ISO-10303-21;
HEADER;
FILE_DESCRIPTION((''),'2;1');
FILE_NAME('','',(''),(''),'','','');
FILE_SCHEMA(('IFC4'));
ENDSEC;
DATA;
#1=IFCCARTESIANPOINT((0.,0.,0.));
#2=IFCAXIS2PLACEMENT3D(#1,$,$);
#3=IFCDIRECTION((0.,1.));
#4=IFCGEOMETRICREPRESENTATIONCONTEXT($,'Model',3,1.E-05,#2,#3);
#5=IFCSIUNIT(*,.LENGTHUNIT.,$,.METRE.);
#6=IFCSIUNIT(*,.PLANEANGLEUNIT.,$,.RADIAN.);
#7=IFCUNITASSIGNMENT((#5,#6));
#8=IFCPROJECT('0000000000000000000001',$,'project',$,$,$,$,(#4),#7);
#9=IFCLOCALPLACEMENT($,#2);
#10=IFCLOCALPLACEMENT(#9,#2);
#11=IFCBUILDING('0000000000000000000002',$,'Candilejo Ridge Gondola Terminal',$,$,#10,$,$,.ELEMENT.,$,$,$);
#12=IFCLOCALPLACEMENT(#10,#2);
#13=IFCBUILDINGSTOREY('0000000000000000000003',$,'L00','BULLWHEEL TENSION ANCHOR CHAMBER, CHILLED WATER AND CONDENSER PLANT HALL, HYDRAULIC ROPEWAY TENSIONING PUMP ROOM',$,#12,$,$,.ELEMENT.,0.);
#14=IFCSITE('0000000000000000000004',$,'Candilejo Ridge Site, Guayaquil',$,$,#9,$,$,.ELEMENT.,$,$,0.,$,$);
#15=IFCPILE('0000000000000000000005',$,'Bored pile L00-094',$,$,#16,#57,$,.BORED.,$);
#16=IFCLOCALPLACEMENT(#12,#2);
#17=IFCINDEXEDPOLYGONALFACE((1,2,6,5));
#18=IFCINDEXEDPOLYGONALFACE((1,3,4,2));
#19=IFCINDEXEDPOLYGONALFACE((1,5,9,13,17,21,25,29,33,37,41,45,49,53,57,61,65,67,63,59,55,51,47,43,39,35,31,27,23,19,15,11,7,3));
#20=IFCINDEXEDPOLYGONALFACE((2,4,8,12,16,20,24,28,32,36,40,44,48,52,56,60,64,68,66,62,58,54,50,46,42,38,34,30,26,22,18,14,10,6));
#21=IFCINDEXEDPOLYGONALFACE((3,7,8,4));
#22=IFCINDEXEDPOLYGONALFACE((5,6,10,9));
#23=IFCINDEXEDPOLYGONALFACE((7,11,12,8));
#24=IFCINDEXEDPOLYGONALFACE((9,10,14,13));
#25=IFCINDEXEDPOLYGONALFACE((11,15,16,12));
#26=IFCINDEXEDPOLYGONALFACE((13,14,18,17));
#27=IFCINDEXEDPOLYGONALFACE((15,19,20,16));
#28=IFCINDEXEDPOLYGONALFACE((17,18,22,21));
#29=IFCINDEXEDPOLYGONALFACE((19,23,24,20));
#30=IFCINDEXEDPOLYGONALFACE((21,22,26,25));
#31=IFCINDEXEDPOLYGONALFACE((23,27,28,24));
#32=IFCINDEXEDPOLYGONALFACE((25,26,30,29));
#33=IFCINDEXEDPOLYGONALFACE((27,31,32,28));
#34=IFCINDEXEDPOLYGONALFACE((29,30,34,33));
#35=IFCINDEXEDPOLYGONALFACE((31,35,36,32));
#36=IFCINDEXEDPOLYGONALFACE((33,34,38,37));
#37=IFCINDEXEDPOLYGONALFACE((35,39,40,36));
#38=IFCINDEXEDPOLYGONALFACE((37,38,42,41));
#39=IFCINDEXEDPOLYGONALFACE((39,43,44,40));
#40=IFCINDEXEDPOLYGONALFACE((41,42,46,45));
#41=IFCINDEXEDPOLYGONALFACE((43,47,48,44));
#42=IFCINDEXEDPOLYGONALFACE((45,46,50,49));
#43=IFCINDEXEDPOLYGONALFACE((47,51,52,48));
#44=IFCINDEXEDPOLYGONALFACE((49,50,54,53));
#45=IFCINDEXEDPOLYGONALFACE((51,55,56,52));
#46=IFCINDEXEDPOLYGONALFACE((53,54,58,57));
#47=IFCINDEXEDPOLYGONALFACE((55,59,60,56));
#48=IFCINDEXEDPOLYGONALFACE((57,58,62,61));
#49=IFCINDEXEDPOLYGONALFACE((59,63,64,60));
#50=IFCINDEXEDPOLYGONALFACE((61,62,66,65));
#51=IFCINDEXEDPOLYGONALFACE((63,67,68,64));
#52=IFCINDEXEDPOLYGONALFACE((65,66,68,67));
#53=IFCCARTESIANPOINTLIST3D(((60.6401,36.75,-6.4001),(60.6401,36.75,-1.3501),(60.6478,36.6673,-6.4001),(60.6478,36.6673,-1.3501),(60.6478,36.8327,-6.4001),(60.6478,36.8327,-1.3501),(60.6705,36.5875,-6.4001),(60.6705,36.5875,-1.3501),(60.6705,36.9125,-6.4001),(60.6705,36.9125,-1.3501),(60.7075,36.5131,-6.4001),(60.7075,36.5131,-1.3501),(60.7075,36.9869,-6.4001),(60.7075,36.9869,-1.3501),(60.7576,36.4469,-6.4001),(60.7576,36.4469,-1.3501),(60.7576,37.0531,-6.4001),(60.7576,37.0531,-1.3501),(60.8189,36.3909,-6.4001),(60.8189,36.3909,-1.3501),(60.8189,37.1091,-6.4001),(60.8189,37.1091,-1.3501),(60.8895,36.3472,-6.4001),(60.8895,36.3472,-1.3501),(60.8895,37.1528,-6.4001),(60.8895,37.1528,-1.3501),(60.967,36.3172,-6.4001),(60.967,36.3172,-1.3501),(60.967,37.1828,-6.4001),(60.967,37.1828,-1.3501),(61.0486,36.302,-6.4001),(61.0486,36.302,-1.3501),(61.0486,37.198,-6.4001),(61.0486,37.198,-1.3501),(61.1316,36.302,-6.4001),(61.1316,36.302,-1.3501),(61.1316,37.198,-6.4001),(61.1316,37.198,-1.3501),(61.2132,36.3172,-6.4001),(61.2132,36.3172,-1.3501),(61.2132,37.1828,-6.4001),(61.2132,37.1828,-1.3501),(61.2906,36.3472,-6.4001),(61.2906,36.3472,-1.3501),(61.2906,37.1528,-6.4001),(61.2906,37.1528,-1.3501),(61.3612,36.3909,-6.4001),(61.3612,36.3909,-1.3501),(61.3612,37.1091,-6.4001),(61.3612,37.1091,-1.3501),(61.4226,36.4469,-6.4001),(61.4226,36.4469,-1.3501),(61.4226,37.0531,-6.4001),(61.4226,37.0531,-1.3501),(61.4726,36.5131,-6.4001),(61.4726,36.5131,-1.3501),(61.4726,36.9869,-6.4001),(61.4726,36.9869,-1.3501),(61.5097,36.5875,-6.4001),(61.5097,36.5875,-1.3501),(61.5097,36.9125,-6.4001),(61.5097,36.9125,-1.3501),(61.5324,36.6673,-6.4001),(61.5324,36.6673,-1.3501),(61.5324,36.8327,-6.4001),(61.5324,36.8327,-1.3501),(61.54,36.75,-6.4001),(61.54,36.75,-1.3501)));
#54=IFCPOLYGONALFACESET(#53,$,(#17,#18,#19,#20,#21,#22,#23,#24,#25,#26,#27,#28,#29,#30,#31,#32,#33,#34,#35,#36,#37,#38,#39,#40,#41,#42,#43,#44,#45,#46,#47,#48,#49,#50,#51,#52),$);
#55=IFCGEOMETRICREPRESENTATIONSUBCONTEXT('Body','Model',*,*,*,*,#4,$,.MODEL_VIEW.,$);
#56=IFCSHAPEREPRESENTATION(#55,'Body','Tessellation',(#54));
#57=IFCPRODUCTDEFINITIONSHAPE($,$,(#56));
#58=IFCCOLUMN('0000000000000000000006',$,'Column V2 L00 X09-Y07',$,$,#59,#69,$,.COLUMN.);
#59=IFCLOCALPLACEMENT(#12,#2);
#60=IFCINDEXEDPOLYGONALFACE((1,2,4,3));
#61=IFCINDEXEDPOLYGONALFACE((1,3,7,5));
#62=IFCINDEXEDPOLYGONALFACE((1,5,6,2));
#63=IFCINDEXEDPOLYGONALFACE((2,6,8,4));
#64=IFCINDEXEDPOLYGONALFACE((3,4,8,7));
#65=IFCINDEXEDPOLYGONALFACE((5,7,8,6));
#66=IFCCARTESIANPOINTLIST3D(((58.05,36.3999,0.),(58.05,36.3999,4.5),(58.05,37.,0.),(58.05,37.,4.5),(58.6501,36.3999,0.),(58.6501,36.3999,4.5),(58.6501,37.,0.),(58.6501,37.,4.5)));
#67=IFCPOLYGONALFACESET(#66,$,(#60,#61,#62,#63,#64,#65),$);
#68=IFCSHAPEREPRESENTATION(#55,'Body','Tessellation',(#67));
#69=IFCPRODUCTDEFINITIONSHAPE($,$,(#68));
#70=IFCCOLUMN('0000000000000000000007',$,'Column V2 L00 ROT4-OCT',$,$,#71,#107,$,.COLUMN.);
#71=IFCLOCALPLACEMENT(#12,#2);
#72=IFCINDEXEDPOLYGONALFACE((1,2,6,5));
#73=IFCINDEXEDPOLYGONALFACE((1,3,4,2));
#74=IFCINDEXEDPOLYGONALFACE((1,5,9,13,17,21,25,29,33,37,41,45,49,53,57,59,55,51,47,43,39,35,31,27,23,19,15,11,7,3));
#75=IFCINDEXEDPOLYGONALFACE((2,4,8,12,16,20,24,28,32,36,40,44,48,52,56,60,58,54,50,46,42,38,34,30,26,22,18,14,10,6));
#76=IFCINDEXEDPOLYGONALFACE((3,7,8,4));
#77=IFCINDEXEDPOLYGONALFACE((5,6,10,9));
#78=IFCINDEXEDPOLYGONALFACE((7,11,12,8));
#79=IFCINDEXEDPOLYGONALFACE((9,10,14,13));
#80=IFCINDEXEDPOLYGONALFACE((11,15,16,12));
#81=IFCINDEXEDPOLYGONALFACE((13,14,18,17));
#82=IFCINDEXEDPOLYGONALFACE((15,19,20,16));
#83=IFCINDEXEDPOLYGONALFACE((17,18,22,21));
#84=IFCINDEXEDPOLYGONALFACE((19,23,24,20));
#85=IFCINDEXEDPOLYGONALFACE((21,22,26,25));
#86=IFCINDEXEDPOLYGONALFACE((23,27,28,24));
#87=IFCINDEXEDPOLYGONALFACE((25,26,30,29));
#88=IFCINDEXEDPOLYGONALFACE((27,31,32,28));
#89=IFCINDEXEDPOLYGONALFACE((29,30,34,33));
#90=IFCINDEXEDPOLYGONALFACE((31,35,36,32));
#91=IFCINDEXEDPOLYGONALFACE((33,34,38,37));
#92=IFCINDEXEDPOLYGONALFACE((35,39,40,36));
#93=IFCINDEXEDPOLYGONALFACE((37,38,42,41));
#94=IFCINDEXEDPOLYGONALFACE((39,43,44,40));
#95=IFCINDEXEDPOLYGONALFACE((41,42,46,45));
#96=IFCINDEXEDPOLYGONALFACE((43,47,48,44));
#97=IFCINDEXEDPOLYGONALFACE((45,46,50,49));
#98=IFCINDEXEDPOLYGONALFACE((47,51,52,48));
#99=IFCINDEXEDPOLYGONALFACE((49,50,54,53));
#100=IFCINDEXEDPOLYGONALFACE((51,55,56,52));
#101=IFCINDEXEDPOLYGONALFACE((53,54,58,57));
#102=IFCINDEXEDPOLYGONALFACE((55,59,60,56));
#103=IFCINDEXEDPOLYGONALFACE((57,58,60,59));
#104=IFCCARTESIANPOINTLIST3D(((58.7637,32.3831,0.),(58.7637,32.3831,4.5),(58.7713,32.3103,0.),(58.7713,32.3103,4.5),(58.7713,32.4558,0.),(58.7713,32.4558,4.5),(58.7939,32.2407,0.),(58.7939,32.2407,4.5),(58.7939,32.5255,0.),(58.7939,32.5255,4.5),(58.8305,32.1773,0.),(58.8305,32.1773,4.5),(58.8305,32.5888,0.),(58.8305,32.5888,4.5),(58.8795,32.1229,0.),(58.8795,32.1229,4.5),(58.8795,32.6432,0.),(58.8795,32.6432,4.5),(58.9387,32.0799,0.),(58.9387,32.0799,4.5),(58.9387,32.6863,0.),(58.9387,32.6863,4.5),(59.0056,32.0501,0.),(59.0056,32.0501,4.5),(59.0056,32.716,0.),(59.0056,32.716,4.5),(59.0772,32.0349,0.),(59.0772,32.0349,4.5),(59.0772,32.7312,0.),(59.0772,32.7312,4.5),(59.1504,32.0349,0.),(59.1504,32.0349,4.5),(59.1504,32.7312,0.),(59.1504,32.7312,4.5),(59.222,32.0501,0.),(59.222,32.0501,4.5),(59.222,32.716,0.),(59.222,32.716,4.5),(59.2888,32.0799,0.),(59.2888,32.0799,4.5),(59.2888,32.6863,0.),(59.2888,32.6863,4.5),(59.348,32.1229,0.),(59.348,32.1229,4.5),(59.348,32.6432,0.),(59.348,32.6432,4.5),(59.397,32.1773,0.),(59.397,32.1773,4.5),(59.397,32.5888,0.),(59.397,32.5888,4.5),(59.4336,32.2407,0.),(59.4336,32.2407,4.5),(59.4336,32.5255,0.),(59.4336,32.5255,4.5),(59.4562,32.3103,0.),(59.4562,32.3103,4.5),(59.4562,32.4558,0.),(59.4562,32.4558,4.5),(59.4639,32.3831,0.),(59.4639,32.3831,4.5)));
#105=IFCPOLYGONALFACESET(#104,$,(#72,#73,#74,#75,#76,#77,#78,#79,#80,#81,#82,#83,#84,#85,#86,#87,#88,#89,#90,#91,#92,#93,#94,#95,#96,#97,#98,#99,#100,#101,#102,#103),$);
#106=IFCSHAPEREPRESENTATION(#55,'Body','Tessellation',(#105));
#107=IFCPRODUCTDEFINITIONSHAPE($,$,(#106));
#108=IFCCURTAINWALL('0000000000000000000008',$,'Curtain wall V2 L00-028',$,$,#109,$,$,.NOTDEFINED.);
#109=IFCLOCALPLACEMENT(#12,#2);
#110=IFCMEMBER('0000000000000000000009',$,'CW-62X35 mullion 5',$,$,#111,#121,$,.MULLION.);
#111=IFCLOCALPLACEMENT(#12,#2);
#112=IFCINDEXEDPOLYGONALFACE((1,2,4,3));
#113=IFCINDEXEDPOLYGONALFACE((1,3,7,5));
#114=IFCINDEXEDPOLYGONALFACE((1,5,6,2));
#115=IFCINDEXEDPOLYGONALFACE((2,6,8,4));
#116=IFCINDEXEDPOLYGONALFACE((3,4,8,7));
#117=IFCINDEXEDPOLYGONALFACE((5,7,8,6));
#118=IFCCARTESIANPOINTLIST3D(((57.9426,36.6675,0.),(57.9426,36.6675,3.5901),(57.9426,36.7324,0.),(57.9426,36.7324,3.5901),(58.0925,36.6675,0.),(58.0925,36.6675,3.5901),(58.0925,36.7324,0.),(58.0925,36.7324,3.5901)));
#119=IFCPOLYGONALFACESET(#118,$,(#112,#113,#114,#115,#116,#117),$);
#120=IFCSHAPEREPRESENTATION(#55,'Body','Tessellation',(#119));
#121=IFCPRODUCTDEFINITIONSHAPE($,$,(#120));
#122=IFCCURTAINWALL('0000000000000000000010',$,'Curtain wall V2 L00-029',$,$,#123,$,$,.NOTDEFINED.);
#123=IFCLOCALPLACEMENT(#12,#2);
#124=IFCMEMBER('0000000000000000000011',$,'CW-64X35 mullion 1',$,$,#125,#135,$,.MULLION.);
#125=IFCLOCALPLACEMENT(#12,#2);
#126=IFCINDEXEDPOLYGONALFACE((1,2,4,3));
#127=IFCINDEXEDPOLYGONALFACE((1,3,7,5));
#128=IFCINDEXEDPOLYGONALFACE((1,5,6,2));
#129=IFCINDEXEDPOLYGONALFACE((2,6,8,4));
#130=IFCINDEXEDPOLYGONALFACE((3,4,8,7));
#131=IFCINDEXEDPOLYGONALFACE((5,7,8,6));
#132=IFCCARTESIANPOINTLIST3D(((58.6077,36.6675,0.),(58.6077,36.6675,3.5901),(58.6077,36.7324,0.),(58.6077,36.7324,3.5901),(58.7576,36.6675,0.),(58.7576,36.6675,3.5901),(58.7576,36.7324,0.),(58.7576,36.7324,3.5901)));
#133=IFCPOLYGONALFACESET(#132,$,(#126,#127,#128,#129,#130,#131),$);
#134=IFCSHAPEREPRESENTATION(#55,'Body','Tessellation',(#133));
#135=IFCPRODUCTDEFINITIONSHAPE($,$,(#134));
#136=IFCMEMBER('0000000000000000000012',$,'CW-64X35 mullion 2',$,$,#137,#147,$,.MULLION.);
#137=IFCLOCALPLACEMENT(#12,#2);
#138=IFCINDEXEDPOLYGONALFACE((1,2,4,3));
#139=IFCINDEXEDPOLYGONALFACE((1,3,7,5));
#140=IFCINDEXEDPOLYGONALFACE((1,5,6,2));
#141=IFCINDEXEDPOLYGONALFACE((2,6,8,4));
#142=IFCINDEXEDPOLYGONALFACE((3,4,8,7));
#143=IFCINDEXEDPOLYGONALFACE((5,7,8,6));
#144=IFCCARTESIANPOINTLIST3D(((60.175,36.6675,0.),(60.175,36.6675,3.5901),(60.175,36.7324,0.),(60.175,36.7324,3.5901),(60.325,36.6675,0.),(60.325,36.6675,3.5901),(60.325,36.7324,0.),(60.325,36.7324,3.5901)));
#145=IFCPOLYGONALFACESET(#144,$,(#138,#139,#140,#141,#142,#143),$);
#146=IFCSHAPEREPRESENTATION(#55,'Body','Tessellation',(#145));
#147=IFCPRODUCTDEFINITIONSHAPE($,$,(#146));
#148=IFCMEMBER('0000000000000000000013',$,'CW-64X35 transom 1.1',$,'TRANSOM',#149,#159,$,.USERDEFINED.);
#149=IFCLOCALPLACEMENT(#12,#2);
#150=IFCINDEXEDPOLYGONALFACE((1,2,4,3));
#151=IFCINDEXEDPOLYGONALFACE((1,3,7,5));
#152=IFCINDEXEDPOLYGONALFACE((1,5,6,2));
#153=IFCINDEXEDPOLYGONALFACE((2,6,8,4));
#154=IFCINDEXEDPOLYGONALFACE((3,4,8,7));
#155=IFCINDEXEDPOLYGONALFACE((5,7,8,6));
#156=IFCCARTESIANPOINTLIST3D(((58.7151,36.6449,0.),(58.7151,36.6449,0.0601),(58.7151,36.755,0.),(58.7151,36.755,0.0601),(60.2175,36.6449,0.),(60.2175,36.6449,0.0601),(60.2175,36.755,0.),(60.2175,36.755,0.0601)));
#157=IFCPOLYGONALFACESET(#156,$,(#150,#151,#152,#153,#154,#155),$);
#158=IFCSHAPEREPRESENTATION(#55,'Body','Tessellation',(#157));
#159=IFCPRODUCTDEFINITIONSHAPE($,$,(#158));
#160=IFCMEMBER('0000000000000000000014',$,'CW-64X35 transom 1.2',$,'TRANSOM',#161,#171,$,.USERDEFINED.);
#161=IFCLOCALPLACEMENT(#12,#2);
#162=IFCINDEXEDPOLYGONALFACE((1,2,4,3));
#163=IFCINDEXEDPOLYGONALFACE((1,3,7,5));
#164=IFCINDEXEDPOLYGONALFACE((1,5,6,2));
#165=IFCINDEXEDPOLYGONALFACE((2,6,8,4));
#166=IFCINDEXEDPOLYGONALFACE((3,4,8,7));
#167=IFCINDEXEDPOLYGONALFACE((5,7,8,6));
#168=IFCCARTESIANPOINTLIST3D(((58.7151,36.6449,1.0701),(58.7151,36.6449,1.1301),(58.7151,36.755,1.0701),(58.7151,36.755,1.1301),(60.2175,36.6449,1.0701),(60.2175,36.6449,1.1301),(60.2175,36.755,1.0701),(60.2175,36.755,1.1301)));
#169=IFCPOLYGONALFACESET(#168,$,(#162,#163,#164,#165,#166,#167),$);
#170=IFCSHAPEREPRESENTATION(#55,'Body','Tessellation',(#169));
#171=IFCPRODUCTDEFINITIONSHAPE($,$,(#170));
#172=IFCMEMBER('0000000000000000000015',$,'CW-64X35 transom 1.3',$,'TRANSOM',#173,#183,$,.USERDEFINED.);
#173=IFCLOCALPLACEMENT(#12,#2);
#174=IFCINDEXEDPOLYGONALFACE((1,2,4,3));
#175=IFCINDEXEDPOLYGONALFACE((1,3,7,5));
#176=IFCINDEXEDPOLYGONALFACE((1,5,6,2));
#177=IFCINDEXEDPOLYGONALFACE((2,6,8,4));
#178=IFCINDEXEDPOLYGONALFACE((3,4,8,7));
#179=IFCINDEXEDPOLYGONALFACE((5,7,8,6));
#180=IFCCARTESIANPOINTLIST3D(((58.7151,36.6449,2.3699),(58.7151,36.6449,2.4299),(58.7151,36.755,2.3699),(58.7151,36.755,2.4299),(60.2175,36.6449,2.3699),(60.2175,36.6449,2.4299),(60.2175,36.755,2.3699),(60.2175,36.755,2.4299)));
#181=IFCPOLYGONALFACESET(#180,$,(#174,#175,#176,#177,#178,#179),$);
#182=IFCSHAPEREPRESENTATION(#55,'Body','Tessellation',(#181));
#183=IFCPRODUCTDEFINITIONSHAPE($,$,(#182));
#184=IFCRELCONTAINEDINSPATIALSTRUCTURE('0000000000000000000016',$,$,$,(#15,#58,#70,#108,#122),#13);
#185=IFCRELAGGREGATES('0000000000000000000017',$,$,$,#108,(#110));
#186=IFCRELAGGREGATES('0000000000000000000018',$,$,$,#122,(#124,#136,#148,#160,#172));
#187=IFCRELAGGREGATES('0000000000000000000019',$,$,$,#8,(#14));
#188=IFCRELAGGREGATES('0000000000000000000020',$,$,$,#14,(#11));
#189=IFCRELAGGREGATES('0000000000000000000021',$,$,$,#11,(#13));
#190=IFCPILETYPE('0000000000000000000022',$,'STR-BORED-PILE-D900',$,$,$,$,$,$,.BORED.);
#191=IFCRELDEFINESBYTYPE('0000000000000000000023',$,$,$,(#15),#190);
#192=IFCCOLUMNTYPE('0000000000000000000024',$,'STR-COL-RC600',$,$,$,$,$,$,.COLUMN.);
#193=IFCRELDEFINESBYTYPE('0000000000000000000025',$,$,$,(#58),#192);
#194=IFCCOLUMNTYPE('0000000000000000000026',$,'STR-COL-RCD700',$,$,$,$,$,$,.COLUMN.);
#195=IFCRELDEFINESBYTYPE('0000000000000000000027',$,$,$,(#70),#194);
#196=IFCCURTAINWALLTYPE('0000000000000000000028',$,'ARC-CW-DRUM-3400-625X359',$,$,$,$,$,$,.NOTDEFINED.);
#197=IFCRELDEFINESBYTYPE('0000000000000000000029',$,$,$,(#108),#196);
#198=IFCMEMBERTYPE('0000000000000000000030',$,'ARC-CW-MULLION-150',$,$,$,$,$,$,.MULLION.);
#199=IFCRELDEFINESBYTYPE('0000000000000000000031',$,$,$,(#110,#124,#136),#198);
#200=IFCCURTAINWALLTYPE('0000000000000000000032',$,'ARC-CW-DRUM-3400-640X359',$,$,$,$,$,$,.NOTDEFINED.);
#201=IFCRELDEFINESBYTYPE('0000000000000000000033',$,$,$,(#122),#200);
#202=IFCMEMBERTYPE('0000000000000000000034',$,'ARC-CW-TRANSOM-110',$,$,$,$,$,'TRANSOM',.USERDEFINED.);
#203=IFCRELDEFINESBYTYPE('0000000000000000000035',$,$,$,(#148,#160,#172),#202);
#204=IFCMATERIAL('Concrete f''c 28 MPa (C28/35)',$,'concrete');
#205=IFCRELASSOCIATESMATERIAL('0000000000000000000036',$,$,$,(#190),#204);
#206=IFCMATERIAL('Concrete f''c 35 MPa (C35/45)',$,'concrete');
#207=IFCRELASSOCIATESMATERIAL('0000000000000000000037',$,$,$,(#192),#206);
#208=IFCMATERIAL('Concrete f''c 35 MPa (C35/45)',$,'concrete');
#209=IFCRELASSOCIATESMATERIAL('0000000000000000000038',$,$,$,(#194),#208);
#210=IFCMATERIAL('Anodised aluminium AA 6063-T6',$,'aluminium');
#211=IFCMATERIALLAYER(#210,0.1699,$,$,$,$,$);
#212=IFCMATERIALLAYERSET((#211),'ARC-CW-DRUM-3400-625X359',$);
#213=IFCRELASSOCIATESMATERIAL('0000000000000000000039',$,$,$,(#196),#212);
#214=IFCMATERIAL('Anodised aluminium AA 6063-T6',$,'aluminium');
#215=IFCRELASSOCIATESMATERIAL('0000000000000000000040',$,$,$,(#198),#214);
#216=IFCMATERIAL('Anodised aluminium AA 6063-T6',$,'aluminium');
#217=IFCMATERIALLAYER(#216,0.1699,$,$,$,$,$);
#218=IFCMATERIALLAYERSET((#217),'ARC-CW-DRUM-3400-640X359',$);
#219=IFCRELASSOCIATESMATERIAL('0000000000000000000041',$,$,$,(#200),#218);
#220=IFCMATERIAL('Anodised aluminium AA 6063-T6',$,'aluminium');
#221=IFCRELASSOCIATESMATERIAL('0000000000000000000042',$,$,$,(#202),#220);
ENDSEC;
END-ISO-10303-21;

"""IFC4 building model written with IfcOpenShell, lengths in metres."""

from ifc_helpers import new_model, si_unit, direction, frame, origin, origin_2d, place, context, subcontext, project, spatial, rectangle, circle, extrude, material, layer, layer_set, material_profile, profile_set, type_object, element, aggregate, save


model = new_model("IFC4")

# Units and contexts
model_context = context("Model", 3, precision=1e-05, world=origin(), true_north=direction((0.0, 1.0)))
body_context = subcontext(model_context, "Body", "Model", "MODEL_VIEW")
ifc_project = project(units=[si_unit("LENGTHUNIT", "METRE"), si_unit("PLANEANGLEUNIT", "RADIAN")], contexts=[model_context])

# Site, building, storey
site_placement = place(None, origin())
site = spatial("IfcSite", under=ifc_project, at=site_placement, Name="Candilejo Ridge Site, Guayaquil", CompositionType="ELEMENT", RefElevation=0.0)
building_placement = place(site_placement, origin())
building = spatial("IfcBuilding", under=site, at=building_placement, Name="Candilejo Ridge Gondola Terminal", CompositionType="ELEMENT")
storey_placement = place(building_placement, origin())
storey = spatial("IfcBuildingStorey", under=building, at=storey_placement, Name="L00", Description="BULLWHEEL TENSION ANCHOR CHAMBER, CHILLED WATER AND CONDENSER PLANT HALL, HYDRAULIC ROPEWAY TENSIONING PUMP ROOM", CompositionType="ELEMENT", Elevation=0.0)

# Pile
ifc_material_1 = material(Name="Concrete f'c 28 MPa (C28/35)", Category="concrete")
ifc_material_profile_1 = material_profile(ifc_material_1, circle(Radius=0.45, at=origin_2d()))
ifc_profile_set_1 = profile_set([ifc_material_profile_1], Name="Concrete f'c 28 MPa (C28/35)")
pile_type = type_object("IfcPileType", Name="STR-BORED-PILE-D900", PredefinedType="BORED", material=ifc_profile_set_1)
for number, where, z_axis, x_axis, name in (
    (1, (61.0901, 36.75, -1.3501), (0.0, 0.0, -1.0), (1.0, 0.0, 0.0), "Bored pile L00-094"),
):
    element("IfcPile", number, at=place(storey_placement, frame(where, z_axis=z_axis, x_axis=x_axis)), inside=storey, type_object=pile_type, Name=name, PredefinedType="BORED", context=body_context, shape_type="SweptSolid", body=[
        extrude(circle(Radius=0.45, at=origin_2d()), origin(), (0.0, 0.0, 1.0), 5.05),
    ])

# Columns
ifc_material_2 = material(Name="Concrete f'c 35 MPa (C35/45)", Category="concrete")
ifc_material_profile_2 = material_profile(ifc_material_2, rectangle(XDim=0.6001, YDim=0.6001, at=origin_2d()))
ifc_profile_set_2 = profile_set([ifc_material_profile_2], Name="Concrete f'c 35 MPa (C35/45)")
column_type_1 = type_object("IfcColumnType", Name="STR-COL-RC600", PredefinedType="COLUMN", material=ifc_profile_set_2)
column_1_placement = place(storey_placement, frame((58.3501, 36.7, 0.0), z_axis=(0.0, 0.0, 1.0), x_axis=(1.0, 0.0, 0.0)))
element("IfcColumn", 2, at=column_1_placement, inside=storey, type_object=column_type_1, Name="Column V2 L00 X09-Y07", PredefinedType="COLUMN", context=body_context, shape_type="SweptSolid", body=[
    extrude(rectangle(XDim=0.6001, YDim=0.6001, at=origin_2d()), origin(), (0.0, 0.0, 1.0), 4.5),
])
ifc_material_3 = material(Name="Concrete f'c 35 MPa (C35/45)", Category="concrete")
ifc_material_profile_3 = material_profile(ifc_material_3, circle(Radius=0.3501, at=origin_2d()))
ifc_profile_set_3 = profile_set([ifc_material_profile_3], Name="Concrete f'c 35 MPa (C35/45)")
column_type_2 = type_object("IfcColumnType", Name="STR-COL-RCD700", PredefinedType="COLUMN", material=ifc_profile_set_3)
column_2_placement = place(storey_placement, frame((59.1138, 32.3831, 0.0), z_axis=(0.0, 0.0, 1.0), x_axis=(1.0, 0.0, 0.0)))
element("IfcColumn", 3, at=column_2_placement, inside=storey, type_object=column_type_2, Name="Column V2 L00 ROT4-OCT", PredefinedType="COLUMN", context=body_context, shape_type="SweptSolid", body=[
    extrude(circle(Radius=0.3501, at=origin_2d()), origin(), (0.0, 0.0, 1.0), 4.5),
])

# Curtain wall, member
ifc_material_4 = material(Name="Anodised aluminium AA 6063-T6", Category="aluminium")
ifc_layer_1 = layer(ifc_material_4, 0.1699)
ifc_layer_set_1 = layer_set([ifc_layer_1], Name="ARC-CW-DRUM-3400-625X359")
curtain_wall_type_1 = type_object("IfcCurtainWallType", Name="ARC-CW-DRUM-3400-625X359", PredefinedType="NOTDEFINED", material=ifc_layer_set_1)
curtain_wall_1_placement = place(storey_placement, origin())
curtain_wall_1 = element("IfcCurtainWall", 4, at=curtain_wall_1_placement, inside=storey, type_object=curtain_wall_type_1, Name="Curtain wall V2 L00-028", PredefinedType="NOTDEFINED")
ifc_material_5 = material(Name="Anodised aluminium AA 6063-T6", Category="aluminium")
ifc_material_profile_4 = material_profile(ifc_material_5, rectangle(XDim=0.0649, YDim=0.1499, at=origin_2d()))
ifc_profile_set_4 = profile_set([ifc_material_profile_4], Name="Anodised aluminium AA 6063-T6")
member_type_1 = type_object("IfcMemberType", Name="ARC-CW-MULLION-150", PredefinedType="MULLION", material=ifc_profile_set_4)
member_1_placement = place(storey_placement, frame((58.0176, 36.7, 0.0), z_axis=(0.0, 0.0, 1.0), x_axis=(0.0, 1.0, 0.0)))
member_1 = element("IfcMember", 5, at=member_1_placement, type_object=member_type_1, Name="CW-62X35 mullion 5", PredefinedType="MULLION", context=body_context, shape_type="SweptSolid", body=[
    extrude(rectangle(XDim=0.0649, YDim=0.1499, at=origin_2d()), origin(), (0.0, 0.0, 1.0), 3.5901),
])

# Curtain wall, members
ifc_material_6 = material(Name="Anodised aluminium AA 6063-T6", Category="aluminium")
ifc_layer_2 = layer(ifc_material_6, 0.1699)
ifc_layer_set_2 = layer_set([ifc_layer_2], Name="ARC-CW-DRUM-3400-640X359")
curtain_wall_type_2 = type_object("IfcCurtainWallType", Name="ARC-CW-DRUM-3400-640X359", PredefinedType="NOTDEFINED", material=ifc_layer_set_2)
curtain_wall_2_placement = place(storey_placement, origin())
curtain_wall_2 = element("IfcCurtainWall", 6, at=curtain_wall_2_placement, inside=storey, type_object=curtain_wall_type_2, Name="Curtain wall V2 L00-029", PredefinedType="NOTDEFINED")
member_2_placement = place(storey_placement, frame((58.6826, 36.7, 0.0), z_axis=(0.0, 0.0, 1.0), x_axis=(0.0, 1.0, 0.0)))
member_2 = element("IfcMember", 7, at=member_2_placement, type_object=member_type_1, Name="CW-64X35 mullion 1", PredefinedType="MULLION", context=body_context, shape_type="SweptSolid", body=[
    extrude(rectangle(XDim=0.0649, YDim=0.1499, at=origin_2d()), origin(), (0.0, 0.0, 1.0), 3.5901),
])
member_3_placement = place(storey_placement, frame((60.25, 36.7, 0.0), z_axis=(0.0, 0.0, 1.0), x_axis=(0.0, 1.0, 0.0)))
member_3 = element("IfcMember", 8, at=member_3_placement, type_object=member_type_1, Name="CW-64X35 mullion 2", PredefinedType="MULLION", context=body_context, shape_type="SweptSolid", body=[
    extrude(rectangle(XDim=0.0649, YDim=0.1499, at=origin_2d()), origin(), (0.0, 0.0, 1.0), 3.5901),
])
ifc_material_7 = material(Name="Anodised aluminium AA 6063-T6", Category="aluminium")
ifc_material_profile_5 = material_profile(ifc_material_7, rectangle(XDim=0.1101, YDim=0.0601, at=origin_2d()))
ifc_profile_set_5 = profile_set([ifc_material_profile_5], Name="Anodised aluminium AA 6063-T6")
member_type_2 = type_object("IfcMemberType", Name="ARC-CW-TRANSOM-110", ElementType="TRANSOM", PredefinedType="USERDEFINED", material=ifc_profile_set_5)
member_4_placement = place(storey_placement, frame((58.7151, 36.7, 0.03), z_axis=(1.0, 0.0, 0.0), x_axis=(0.0, 1.0, 0.0)))
member_4 = element("IfcMember", 9, at=member_4_placement, type_object=member_type_2, Name="CW-64X35 transom 1.1", ObjectType="TRANSOM", PredefinedType="USERDEFINED", context=body_context, shape_type="SweptSolid", body=[
    extrude(rectangle(XDim=0.1101, YDim=0.0601, at=origin_2d()), origin(), (0.0, 0.0, 1.0), 1.5024),
])
member_5_placement = place(storey_placement, frame((58.7151, 36.7, 1.1001), z_axis=(1.0, 0.0, 0.0), x_axis=(0.0, 1.0, 0.0)))
member_5 = element("IfcMember", 10, at=member_5_placement, type_object=member_type_2, Name="CW-64X35 transom 1.2", ObjectType="TRANSOM", PredefinedType="USERDEFINED", context=body_context, shape_type="SweptSolid", body=[
    extrude(rectangle(XDim=0.1101, YDim=0.0601, at=origin_2d()), origin(), (0.0, 0.0, 1.0), 1.5024),
])
member_6_placement = place(storey_placement, frame((58.7151, 36.7, 2.3999), z_axis=(1.0, 0.0, 0.0), x_axis=(0.0, 1.0, 0.0)))
member_6 = element("IfcMember", 11, at=member_6_placement, type_object=member_type_2, Name="CW-64X35 transom 1.3", ObjectType="TRANSOM", PredefinedType="USERDEFINED", context=body_context, shape_type="SweptSolid", body=[
    extrude(rectangle(XDim=0.1101, YDim=0.0601, at=origin_2d()), origin(), (0.0, 0.0, 1.0), 1.5024),
])

aggregate(curtain_wall_1, [member_1])
aggregate(curtain_wall_2, [member_2, member_3, member_4, member_5, member_6])

save(model, "model.ifc")
